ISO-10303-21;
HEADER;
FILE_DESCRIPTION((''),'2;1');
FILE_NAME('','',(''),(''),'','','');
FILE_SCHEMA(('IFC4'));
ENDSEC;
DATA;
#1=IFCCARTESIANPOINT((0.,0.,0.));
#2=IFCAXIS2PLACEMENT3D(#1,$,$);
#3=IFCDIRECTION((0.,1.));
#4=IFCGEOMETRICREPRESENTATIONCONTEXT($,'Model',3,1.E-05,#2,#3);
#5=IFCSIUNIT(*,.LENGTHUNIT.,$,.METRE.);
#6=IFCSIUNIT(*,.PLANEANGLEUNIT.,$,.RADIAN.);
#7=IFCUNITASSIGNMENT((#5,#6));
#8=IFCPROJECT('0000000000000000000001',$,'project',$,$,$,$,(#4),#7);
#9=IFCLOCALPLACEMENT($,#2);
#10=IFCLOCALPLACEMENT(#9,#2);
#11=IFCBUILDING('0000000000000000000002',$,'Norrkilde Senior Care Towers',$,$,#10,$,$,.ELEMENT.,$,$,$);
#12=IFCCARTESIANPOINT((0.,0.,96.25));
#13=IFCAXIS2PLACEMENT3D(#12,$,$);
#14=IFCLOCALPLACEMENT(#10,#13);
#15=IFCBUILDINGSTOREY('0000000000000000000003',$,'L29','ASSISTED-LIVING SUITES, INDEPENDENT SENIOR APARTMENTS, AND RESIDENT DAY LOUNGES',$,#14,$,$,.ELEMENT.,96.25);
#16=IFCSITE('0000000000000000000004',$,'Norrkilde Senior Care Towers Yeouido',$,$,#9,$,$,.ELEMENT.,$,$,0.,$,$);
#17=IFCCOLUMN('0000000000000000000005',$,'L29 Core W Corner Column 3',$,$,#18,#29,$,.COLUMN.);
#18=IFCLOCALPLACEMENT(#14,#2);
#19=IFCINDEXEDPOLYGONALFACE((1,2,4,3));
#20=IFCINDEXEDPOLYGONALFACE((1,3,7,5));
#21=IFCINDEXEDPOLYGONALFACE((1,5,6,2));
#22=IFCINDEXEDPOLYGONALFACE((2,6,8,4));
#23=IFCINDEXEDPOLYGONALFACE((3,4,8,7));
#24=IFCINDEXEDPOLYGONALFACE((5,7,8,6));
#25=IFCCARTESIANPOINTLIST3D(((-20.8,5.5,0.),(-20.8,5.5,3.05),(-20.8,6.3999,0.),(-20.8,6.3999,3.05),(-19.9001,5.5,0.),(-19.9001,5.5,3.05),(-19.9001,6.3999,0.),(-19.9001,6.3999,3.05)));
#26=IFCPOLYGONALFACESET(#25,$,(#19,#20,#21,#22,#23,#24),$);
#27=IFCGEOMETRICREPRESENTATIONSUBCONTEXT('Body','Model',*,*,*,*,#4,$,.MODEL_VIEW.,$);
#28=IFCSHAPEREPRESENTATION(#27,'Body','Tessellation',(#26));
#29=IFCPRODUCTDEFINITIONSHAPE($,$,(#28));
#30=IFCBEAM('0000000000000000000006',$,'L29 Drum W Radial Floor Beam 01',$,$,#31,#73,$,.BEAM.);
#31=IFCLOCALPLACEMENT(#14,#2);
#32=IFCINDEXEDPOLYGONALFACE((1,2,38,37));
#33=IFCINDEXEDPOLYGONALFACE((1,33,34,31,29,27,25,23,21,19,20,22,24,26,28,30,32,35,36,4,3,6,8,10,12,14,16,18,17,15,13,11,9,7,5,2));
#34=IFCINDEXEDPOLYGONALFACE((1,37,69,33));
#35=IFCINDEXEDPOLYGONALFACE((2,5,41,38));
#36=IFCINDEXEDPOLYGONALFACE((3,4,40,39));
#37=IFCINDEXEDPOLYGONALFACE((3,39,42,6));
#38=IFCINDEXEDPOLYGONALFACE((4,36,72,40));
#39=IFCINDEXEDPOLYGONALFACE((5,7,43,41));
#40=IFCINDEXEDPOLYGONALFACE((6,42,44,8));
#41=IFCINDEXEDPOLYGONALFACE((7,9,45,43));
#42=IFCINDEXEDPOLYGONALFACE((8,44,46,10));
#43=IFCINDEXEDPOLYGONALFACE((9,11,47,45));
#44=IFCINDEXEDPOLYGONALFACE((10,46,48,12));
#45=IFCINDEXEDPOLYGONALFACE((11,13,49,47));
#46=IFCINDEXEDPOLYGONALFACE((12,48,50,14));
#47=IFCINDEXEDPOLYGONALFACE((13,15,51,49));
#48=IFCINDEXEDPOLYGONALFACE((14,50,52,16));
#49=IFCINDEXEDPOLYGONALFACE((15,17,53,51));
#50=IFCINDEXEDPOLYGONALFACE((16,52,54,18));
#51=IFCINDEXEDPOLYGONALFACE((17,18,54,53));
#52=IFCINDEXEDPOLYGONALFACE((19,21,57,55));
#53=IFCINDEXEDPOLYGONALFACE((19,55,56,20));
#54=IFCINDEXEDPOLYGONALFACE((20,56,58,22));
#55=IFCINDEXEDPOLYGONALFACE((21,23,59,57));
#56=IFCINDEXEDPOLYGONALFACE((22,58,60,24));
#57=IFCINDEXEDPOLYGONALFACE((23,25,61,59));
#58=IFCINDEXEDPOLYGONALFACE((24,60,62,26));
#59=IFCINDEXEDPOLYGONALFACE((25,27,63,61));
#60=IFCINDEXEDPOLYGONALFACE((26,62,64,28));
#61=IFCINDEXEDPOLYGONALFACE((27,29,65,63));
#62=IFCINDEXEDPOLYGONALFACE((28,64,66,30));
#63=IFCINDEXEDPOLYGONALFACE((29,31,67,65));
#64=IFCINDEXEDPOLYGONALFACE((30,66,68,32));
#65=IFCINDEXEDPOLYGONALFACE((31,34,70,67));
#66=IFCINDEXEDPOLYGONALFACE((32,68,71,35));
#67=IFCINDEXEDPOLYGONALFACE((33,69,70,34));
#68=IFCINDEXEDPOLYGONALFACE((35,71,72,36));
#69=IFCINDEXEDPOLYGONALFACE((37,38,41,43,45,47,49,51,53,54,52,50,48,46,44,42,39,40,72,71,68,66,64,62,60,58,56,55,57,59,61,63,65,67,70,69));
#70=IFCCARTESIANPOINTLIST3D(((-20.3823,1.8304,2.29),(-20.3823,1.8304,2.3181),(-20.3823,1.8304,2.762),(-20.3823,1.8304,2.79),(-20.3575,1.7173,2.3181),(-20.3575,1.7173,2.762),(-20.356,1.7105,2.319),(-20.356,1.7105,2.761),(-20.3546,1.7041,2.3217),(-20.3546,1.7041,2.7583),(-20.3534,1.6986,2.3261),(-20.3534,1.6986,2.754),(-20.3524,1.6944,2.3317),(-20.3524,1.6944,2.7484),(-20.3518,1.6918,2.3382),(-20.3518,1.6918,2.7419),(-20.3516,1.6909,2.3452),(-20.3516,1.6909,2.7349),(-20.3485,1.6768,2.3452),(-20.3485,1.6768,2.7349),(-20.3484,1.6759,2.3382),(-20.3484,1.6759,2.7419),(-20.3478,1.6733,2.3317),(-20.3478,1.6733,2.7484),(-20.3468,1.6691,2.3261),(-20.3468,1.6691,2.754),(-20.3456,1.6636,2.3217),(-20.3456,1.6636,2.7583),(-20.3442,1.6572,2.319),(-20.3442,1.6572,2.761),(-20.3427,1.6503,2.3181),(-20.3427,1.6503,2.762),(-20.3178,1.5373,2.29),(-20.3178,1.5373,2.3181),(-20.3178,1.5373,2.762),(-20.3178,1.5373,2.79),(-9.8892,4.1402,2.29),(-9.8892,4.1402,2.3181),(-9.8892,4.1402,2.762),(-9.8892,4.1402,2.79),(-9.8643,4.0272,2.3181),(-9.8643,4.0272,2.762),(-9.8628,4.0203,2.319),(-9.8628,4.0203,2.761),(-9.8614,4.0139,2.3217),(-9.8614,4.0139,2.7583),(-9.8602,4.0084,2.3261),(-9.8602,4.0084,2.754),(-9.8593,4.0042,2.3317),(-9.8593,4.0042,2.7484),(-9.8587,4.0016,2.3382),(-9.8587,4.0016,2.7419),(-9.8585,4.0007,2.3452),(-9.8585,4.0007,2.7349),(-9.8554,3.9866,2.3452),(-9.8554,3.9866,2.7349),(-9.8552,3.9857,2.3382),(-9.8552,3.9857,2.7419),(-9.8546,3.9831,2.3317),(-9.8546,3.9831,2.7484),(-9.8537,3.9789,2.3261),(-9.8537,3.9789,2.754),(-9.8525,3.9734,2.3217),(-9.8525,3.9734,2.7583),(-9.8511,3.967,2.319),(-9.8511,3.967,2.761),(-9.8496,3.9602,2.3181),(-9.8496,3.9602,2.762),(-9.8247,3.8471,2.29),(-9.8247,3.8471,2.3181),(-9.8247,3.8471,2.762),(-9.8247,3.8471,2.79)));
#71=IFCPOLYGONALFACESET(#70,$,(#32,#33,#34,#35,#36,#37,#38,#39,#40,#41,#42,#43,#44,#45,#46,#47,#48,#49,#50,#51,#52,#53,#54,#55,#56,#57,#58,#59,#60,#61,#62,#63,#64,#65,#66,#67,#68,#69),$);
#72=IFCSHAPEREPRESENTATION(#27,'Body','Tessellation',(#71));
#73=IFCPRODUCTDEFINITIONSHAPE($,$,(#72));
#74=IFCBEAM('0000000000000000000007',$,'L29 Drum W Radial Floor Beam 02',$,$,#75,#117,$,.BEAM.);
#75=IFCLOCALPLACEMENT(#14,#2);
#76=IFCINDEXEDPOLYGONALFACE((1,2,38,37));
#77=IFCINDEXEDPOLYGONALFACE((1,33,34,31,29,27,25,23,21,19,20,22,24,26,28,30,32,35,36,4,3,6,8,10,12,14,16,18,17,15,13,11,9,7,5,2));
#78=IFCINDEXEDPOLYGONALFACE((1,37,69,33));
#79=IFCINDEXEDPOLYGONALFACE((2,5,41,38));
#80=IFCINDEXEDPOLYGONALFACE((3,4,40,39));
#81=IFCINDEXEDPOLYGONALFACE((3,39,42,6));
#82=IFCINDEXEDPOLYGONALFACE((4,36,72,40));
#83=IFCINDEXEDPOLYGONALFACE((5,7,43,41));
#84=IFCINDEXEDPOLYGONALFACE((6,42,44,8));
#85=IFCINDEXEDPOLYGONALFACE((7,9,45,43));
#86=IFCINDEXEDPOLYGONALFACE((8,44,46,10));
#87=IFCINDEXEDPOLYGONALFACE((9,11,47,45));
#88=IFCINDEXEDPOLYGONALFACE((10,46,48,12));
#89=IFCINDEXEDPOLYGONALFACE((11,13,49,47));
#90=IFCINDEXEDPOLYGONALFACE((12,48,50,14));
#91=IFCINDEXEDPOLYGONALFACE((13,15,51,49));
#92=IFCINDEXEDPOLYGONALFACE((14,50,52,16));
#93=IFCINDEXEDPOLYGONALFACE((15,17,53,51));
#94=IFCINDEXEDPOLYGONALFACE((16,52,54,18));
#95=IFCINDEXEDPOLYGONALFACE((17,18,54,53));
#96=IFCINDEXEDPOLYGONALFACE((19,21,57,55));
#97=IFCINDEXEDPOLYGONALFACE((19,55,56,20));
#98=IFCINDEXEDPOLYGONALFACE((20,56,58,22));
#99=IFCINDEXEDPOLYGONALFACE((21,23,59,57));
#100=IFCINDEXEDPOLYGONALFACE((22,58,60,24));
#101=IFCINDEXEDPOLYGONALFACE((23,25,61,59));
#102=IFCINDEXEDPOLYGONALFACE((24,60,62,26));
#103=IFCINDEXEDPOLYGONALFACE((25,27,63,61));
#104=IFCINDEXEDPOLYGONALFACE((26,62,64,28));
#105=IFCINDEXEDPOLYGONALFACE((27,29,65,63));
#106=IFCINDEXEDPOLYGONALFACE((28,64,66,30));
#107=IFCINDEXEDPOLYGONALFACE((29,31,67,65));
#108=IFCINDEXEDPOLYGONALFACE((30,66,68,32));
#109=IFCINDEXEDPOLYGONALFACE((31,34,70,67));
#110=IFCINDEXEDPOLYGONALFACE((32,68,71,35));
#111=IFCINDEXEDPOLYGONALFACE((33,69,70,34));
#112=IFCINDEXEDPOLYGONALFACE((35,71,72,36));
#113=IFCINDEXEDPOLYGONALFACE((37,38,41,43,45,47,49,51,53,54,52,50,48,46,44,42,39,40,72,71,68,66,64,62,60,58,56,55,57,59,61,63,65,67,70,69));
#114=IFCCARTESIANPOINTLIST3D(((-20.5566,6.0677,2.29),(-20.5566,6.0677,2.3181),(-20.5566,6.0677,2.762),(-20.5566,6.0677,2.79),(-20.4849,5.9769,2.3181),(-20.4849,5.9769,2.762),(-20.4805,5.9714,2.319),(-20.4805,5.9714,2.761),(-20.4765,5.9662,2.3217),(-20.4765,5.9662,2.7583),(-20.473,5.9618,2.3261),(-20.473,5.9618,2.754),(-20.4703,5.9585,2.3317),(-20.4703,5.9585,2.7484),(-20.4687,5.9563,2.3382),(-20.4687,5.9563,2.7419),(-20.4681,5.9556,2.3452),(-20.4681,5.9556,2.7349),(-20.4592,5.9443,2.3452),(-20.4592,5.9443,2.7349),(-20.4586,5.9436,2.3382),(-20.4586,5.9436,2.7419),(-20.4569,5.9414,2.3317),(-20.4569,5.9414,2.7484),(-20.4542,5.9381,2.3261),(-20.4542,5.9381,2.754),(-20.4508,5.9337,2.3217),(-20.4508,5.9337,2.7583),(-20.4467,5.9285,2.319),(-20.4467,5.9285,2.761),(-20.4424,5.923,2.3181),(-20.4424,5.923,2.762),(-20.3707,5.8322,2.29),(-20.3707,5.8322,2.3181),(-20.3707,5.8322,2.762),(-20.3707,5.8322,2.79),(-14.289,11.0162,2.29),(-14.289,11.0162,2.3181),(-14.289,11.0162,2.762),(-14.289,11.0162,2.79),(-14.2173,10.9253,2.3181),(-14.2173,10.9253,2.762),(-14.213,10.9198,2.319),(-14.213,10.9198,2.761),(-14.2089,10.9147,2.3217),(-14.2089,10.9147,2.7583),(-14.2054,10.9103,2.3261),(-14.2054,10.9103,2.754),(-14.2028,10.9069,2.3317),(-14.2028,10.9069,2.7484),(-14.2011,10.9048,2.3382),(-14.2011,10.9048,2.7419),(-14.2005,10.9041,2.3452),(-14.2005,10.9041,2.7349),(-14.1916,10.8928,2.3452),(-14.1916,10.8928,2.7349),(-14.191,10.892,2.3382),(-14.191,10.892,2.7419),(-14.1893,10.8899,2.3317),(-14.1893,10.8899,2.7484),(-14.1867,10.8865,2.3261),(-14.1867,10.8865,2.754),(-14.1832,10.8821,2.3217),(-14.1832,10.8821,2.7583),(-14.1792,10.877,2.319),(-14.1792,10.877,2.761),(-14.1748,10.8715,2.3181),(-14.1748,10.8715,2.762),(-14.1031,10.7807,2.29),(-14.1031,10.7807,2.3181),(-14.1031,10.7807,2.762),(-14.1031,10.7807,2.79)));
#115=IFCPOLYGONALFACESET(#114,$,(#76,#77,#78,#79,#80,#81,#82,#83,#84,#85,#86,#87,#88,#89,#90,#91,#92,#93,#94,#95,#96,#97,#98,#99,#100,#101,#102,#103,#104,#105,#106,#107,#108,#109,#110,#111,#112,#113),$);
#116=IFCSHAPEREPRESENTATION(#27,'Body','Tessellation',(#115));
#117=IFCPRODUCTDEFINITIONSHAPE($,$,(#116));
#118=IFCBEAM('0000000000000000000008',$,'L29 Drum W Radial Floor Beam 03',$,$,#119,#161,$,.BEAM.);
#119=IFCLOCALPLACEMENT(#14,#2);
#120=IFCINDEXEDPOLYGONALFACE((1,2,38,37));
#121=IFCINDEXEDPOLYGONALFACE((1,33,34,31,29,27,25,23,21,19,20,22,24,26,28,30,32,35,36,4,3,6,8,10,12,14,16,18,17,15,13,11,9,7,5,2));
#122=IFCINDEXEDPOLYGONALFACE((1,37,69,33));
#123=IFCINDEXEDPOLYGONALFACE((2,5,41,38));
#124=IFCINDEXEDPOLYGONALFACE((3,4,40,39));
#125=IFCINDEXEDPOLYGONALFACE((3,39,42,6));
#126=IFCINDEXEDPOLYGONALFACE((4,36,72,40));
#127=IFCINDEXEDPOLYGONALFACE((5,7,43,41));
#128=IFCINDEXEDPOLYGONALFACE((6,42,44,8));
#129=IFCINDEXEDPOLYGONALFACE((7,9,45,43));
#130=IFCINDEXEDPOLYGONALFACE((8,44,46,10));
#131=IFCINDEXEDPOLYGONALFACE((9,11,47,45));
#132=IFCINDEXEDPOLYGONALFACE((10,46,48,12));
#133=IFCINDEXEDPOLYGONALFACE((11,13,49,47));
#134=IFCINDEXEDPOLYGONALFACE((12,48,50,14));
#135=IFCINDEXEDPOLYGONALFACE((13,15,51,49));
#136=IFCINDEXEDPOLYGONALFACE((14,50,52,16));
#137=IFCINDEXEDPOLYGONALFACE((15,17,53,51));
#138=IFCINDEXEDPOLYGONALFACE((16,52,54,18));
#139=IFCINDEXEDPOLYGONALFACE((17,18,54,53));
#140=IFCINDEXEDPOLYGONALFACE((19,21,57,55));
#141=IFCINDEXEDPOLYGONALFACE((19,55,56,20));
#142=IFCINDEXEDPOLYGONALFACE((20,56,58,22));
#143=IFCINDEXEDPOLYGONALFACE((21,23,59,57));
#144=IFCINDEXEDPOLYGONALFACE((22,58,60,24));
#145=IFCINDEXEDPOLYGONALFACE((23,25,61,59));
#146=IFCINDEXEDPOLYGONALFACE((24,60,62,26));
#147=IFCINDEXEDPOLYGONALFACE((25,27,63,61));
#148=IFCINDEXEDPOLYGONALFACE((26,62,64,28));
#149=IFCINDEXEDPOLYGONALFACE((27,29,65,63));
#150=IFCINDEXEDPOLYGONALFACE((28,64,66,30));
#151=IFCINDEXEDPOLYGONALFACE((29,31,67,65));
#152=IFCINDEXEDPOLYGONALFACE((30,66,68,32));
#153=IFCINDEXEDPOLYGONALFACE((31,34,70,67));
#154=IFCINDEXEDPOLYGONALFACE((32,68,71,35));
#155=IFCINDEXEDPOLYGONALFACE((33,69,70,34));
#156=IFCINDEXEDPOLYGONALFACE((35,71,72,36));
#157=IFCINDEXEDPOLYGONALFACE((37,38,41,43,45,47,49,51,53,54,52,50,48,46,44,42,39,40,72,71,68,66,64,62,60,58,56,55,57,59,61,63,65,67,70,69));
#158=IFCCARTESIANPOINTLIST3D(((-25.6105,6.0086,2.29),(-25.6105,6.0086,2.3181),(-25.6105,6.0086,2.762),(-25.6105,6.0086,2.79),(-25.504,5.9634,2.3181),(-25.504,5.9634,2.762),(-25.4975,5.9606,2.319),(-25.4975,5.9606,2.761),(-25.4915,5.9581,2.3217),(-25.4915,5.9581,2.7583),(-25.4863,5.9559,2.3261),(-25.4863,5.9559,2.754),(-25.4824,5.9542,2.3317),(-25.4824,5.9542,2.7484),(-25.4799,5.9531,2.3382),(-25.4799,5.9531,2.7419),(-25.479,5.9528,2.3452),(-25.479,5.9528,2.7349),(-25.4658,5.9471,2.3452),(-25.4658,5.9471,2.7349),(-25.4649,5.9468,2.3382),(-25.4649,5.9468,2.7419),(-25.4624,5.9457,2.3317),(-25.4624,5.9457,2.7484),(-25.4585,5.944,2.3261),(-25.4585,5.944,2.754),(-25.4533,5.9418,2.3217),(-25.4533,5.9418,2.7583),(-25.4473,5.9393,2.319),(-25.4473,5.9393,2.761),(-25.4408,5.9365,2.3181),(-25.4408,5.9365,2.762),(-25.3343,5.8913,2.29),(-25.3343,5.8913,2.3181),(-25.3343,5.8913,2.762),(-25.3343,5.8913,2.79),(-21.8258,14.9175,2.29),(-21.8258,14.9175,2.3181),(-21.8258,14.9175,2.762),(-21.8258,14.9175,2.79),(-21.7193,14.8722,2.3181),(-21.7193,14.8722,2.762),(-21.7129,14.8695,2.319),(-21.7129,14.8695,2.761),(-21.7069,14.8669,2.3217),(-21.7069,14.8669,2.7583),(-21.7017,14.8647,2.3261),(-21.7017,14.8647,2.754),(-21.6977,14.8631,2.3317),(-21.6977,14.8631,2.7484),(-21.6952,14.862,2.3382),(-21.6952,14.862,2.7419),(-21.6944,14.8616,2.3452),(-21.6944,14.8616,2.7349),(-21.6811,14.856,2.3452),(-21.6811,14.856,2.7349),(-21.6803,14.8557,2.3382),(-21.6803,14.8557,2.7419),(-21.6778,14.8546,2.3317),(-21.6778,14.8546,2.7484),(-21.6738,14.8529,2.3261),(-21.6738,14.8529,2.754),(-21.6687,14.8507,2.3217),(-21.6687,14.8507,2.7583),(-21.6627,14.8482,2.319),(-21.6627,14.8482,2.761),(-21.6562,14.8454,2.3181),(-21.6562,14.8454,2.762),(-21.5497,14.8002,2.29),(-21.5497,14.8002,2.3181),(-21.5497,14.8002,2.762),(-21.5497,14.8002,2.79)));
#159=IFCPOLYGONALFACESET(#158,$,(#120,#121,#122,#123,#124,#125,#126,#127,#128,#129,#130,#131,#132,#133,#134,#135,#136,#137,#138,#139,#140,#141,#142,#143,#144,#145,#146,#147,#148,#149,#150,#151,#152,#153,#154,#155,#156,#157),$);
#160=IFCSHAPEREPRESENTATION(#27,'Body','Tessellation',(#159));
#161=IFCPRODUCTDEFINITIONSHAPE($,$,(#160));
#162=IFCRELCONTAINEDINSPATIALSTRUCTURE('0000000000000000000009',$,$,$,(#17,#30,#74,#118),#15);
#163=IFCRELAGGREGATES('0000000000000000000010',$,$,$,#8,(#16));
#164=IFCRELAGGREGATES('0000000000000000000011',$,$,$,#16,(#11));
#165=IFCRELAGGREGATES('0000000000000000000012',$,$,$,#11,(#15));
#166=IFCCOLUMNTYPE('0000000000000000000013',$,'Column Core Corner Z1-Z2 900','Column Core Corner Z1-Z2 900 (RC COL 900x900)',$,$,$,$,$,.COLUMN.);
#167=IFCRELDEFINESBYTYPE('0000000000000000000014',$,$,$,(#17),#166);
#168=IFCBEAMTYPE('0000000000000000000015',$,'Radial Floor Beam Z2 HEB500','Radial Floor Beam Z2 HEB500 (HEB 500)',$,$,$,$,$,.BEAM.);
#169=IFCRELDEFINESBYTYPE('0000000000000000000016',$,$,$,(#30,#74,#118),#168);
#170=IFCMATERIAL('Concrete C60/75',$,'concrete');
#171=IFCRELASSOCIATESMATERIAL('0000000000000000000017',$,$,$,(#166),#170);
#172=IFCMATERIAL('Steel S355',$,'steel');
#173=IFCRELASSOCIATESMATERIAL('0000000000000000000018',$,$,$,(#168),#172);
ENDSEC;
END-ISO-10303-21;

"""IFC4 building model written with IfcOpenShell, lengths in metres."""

from ifc_helpers import new_model, si_unit, direction, frame, origin, origin_2d, place, context, subcontext, project, spatial, rectangle, i_section, extrude, source, transform, mapped, material, material_profile, profile_set, type_object, type_shapes, element, save


model = new_model("IFC4")

# Units and contexts
model_context = context("Model", 3, precision=1e-05, world=origin(), true_north=direction((0.0, 1.0)))
body_context = subcontext(model_context, "Body", "Model", "MODEL_VIEW")
ifc_project = project(units=[si_unit("LENGTHUNIT", "METRE"), si_unit("PLANEANGLEUNIT", "RADIAN")], contexts=[model_context])

# Site, building, storey
site_placement = place(None, origin())
site = spatial("IfcSite", under=ifc_project, at=site_placement, Name="Norrkilde Senior Care Towers Yeouido", CompositionType="ELEMENT", RefElevation=0.0)
building_placement = place(site_placement, origin())
building = spatial("IfcBuilding", under=site, at=building_placement, Name="Norrkilde Senior Care Towers", CompositionType="ELEMENT")
storey_placement = place(building_placement, frame((0.0, 0.0, 96.25)))
storey = spatial("IfcBuildingStorey", under=building, at=storey_placement, Name="L29", Description="ASSISTED-LIVING SUITES, INDEPENDENT SENIOR APARTMENTS, AND RESIDENT DAY LOUNGES", CompositionType="ELEMENT", Elevation=96.25)

# Column
ifc_material_1 = material(Name="Concrete C60/75", Category="concrete")
ifc_material_profile_1 = material_profile(ifc_material_1, rectangle(XDim=0.8999, YDim=0.8999, at=origin_2d()), Name="RC COL 900x900")
ifc_profile_set_1 = profile_set([ifc_material_profile_1], Name="Concrete C60/75")
column_type = type_object("IfcColumnType", Name="Column Core Corner Z1-Z2 900", Description="Column Core Corner Z1-Z2 900 (RC COL 900x900)", PredefinedType="COLUMN", material=ifc_profile_set_1)
shared_shape_1 = source(origin(), body_context, "Body", "SweptSolid", [
    extrude(rectangle(XDim=0.8999, YDim=0.8999, at=origin_2d()), origin(), (0.0, 0.0, 1.0), 3.05),
])
type_shapes(column_type, [shared_shape_1])
column_placement = place(storey_placement, frame((-20.3501, 5.95, 0.0), z_axis=(0.0, 0.0, 1.0), x_axis=(1.0, 0.0, 0.0)))
element("IfcColumn", 1, at=column_placement, inside=storey, type_object=column_type, Name="L29 Core W Corner Column 3", PredefinedType="COLUMN", context=body_context, shape_type="MappedRepresentation", body=[
    mapped(shared_shape_1, transform((0.0, 0.0, 0.0), x_axis=(1.0, 0.0, 0.0), y_axis=(0.0, 1.0, 0.0), z_axis=(0.0, 0.0, 1.0), scale=1.0)),
])

# Beams
ifc_material_2 = material(Name="Steel S355", Category="steel")
ifc_material_profile_2 = material_profile(ifc_material_2, i_section(OverallWidth=0.3, OverallDepth=0.5, WebThickness=0.0144, FlangeThickness=0.0281, FilletRadius=0.0271, at=origin_2d()), Name="HEB 500")
ifc_profile_set_2 = profile_set([ifc_material_profile_2], Name="Steel S355")
beam_type = type_object("IfcBeamType", Name="Radial Floor Beam Z2 HEB500", Description="Radial Floor Beam Z2 HEB500 (HEB 500)", PredefinedType="BEAM", material=ifc_profile_set_2)
shared_shape_2 = source(origin(), body_context, "Body", "SweptSolid", [
    extrude(i_section(OverallWidth=0.3, OverallDepth=0.5, WebThickness=0.0144, FlangeThickness=0.0281, FilletRadius=0.0271, at=origin_2d()), origin(), (0.0, 0.0, 1.0), 10.7444),
])
beam_1_placement = place(storey_placement, frame((-20.3501, 1.6838, 2.54), z_axis=(0.976619, 0.214979, 0.0), x_axis=(-0.214979, 0.976619, 0.0)))
element("IfcBeam", 2, at=beam_1_placement, inside=storey, type_object=beam_type, Name="L29 Drum W Radial Floor Beam 01", PredefinedType="BEAM", context=body_context, shape_type="MappedRepresentation", body=[
    mapped(shared_shape_2, transform((0.0, 0.0, 0.0), x_axis=(1.0, 0.0, 0.0), y_axis=(0.0, 1.0, 0.0), z_axis=(0.0, 0.0, 1.0), scale=1.0)),
])
shared_shape_3 = source(origin(), body_context, "Body", "SweptSolid", [
    extrude(i_section(OverallWidth=0.3, OverallDepth=0.5, WebThickness=0.0144, FlangeThickness=0.0281, FilletRadius=0.0271, at=origin_2d()), origin(), (0.0, 0.0, 1.0), 7.9856),
])
beam_2_placement = place(storey_placement, frame((-20.4636, 5.95, 2.54), z_axis=(0.784859, 0.619675, 0.0), x_axis=(-0.619675, 0.784859, 0.0)))
element("IfcBeam", 3, at=beam_2_placement, inside=storey, type_object=beam_type, Name="L29 Drum W Radial Floor Beam 02", PredefinedType="BEAM", context=body_context, shape_type="MappedRepresentation", body=[
    mapped(shared_shape_3, transform((0.0, 0.0, 0.0), x_axis=(1.0, 0.0, 0.0), y_axis=(0.0, 1.0, 0.0), z_axis=(0.0, 0.0, 1.0), scale=1.0)),
])
shared_shape_4 = source(origin(), body_context, "Body", "SweptSolid", [
    extrude(i_section(OverallWidth=0.3, OverallDepth=0.5, WebThickness=0.0144, FlangeThickness=0.0281, FilletRadius=0.0271, at=origin_2d()), origin(), (0.0, 0.0, 1.0), 9.6794),
])
type_shapes(beam_type, [shared_shape_2, shared_shape_3, shared_shape_4])
beam_3_placement = place(storey_placement, frame((-25.4724, 5.95, 2.54), z_axis=(0.390998, 0.920392, 0.0), x_axis=(-0.920392, 0.390998, 0.0)))
element("IfcBeam", 4, at=beam_3_placement, inside=storey, type_object=beam_type, Name="L29 Drum W Radial Floor Beam 03", PredefinedType="BEAM", context=body_context, shape_type="MappedRepresentation", body=[
    mapped(shared_shape_4, transform((0.0, 0.0, 0.0), x_axis=(1.0, 0.0, 0.0), y_axis=(0.0, 1.0, 0.0), z_axis=(0.0, 0.0, 1.0), scale=1.0)),
])

save(model, "model.ifc")
